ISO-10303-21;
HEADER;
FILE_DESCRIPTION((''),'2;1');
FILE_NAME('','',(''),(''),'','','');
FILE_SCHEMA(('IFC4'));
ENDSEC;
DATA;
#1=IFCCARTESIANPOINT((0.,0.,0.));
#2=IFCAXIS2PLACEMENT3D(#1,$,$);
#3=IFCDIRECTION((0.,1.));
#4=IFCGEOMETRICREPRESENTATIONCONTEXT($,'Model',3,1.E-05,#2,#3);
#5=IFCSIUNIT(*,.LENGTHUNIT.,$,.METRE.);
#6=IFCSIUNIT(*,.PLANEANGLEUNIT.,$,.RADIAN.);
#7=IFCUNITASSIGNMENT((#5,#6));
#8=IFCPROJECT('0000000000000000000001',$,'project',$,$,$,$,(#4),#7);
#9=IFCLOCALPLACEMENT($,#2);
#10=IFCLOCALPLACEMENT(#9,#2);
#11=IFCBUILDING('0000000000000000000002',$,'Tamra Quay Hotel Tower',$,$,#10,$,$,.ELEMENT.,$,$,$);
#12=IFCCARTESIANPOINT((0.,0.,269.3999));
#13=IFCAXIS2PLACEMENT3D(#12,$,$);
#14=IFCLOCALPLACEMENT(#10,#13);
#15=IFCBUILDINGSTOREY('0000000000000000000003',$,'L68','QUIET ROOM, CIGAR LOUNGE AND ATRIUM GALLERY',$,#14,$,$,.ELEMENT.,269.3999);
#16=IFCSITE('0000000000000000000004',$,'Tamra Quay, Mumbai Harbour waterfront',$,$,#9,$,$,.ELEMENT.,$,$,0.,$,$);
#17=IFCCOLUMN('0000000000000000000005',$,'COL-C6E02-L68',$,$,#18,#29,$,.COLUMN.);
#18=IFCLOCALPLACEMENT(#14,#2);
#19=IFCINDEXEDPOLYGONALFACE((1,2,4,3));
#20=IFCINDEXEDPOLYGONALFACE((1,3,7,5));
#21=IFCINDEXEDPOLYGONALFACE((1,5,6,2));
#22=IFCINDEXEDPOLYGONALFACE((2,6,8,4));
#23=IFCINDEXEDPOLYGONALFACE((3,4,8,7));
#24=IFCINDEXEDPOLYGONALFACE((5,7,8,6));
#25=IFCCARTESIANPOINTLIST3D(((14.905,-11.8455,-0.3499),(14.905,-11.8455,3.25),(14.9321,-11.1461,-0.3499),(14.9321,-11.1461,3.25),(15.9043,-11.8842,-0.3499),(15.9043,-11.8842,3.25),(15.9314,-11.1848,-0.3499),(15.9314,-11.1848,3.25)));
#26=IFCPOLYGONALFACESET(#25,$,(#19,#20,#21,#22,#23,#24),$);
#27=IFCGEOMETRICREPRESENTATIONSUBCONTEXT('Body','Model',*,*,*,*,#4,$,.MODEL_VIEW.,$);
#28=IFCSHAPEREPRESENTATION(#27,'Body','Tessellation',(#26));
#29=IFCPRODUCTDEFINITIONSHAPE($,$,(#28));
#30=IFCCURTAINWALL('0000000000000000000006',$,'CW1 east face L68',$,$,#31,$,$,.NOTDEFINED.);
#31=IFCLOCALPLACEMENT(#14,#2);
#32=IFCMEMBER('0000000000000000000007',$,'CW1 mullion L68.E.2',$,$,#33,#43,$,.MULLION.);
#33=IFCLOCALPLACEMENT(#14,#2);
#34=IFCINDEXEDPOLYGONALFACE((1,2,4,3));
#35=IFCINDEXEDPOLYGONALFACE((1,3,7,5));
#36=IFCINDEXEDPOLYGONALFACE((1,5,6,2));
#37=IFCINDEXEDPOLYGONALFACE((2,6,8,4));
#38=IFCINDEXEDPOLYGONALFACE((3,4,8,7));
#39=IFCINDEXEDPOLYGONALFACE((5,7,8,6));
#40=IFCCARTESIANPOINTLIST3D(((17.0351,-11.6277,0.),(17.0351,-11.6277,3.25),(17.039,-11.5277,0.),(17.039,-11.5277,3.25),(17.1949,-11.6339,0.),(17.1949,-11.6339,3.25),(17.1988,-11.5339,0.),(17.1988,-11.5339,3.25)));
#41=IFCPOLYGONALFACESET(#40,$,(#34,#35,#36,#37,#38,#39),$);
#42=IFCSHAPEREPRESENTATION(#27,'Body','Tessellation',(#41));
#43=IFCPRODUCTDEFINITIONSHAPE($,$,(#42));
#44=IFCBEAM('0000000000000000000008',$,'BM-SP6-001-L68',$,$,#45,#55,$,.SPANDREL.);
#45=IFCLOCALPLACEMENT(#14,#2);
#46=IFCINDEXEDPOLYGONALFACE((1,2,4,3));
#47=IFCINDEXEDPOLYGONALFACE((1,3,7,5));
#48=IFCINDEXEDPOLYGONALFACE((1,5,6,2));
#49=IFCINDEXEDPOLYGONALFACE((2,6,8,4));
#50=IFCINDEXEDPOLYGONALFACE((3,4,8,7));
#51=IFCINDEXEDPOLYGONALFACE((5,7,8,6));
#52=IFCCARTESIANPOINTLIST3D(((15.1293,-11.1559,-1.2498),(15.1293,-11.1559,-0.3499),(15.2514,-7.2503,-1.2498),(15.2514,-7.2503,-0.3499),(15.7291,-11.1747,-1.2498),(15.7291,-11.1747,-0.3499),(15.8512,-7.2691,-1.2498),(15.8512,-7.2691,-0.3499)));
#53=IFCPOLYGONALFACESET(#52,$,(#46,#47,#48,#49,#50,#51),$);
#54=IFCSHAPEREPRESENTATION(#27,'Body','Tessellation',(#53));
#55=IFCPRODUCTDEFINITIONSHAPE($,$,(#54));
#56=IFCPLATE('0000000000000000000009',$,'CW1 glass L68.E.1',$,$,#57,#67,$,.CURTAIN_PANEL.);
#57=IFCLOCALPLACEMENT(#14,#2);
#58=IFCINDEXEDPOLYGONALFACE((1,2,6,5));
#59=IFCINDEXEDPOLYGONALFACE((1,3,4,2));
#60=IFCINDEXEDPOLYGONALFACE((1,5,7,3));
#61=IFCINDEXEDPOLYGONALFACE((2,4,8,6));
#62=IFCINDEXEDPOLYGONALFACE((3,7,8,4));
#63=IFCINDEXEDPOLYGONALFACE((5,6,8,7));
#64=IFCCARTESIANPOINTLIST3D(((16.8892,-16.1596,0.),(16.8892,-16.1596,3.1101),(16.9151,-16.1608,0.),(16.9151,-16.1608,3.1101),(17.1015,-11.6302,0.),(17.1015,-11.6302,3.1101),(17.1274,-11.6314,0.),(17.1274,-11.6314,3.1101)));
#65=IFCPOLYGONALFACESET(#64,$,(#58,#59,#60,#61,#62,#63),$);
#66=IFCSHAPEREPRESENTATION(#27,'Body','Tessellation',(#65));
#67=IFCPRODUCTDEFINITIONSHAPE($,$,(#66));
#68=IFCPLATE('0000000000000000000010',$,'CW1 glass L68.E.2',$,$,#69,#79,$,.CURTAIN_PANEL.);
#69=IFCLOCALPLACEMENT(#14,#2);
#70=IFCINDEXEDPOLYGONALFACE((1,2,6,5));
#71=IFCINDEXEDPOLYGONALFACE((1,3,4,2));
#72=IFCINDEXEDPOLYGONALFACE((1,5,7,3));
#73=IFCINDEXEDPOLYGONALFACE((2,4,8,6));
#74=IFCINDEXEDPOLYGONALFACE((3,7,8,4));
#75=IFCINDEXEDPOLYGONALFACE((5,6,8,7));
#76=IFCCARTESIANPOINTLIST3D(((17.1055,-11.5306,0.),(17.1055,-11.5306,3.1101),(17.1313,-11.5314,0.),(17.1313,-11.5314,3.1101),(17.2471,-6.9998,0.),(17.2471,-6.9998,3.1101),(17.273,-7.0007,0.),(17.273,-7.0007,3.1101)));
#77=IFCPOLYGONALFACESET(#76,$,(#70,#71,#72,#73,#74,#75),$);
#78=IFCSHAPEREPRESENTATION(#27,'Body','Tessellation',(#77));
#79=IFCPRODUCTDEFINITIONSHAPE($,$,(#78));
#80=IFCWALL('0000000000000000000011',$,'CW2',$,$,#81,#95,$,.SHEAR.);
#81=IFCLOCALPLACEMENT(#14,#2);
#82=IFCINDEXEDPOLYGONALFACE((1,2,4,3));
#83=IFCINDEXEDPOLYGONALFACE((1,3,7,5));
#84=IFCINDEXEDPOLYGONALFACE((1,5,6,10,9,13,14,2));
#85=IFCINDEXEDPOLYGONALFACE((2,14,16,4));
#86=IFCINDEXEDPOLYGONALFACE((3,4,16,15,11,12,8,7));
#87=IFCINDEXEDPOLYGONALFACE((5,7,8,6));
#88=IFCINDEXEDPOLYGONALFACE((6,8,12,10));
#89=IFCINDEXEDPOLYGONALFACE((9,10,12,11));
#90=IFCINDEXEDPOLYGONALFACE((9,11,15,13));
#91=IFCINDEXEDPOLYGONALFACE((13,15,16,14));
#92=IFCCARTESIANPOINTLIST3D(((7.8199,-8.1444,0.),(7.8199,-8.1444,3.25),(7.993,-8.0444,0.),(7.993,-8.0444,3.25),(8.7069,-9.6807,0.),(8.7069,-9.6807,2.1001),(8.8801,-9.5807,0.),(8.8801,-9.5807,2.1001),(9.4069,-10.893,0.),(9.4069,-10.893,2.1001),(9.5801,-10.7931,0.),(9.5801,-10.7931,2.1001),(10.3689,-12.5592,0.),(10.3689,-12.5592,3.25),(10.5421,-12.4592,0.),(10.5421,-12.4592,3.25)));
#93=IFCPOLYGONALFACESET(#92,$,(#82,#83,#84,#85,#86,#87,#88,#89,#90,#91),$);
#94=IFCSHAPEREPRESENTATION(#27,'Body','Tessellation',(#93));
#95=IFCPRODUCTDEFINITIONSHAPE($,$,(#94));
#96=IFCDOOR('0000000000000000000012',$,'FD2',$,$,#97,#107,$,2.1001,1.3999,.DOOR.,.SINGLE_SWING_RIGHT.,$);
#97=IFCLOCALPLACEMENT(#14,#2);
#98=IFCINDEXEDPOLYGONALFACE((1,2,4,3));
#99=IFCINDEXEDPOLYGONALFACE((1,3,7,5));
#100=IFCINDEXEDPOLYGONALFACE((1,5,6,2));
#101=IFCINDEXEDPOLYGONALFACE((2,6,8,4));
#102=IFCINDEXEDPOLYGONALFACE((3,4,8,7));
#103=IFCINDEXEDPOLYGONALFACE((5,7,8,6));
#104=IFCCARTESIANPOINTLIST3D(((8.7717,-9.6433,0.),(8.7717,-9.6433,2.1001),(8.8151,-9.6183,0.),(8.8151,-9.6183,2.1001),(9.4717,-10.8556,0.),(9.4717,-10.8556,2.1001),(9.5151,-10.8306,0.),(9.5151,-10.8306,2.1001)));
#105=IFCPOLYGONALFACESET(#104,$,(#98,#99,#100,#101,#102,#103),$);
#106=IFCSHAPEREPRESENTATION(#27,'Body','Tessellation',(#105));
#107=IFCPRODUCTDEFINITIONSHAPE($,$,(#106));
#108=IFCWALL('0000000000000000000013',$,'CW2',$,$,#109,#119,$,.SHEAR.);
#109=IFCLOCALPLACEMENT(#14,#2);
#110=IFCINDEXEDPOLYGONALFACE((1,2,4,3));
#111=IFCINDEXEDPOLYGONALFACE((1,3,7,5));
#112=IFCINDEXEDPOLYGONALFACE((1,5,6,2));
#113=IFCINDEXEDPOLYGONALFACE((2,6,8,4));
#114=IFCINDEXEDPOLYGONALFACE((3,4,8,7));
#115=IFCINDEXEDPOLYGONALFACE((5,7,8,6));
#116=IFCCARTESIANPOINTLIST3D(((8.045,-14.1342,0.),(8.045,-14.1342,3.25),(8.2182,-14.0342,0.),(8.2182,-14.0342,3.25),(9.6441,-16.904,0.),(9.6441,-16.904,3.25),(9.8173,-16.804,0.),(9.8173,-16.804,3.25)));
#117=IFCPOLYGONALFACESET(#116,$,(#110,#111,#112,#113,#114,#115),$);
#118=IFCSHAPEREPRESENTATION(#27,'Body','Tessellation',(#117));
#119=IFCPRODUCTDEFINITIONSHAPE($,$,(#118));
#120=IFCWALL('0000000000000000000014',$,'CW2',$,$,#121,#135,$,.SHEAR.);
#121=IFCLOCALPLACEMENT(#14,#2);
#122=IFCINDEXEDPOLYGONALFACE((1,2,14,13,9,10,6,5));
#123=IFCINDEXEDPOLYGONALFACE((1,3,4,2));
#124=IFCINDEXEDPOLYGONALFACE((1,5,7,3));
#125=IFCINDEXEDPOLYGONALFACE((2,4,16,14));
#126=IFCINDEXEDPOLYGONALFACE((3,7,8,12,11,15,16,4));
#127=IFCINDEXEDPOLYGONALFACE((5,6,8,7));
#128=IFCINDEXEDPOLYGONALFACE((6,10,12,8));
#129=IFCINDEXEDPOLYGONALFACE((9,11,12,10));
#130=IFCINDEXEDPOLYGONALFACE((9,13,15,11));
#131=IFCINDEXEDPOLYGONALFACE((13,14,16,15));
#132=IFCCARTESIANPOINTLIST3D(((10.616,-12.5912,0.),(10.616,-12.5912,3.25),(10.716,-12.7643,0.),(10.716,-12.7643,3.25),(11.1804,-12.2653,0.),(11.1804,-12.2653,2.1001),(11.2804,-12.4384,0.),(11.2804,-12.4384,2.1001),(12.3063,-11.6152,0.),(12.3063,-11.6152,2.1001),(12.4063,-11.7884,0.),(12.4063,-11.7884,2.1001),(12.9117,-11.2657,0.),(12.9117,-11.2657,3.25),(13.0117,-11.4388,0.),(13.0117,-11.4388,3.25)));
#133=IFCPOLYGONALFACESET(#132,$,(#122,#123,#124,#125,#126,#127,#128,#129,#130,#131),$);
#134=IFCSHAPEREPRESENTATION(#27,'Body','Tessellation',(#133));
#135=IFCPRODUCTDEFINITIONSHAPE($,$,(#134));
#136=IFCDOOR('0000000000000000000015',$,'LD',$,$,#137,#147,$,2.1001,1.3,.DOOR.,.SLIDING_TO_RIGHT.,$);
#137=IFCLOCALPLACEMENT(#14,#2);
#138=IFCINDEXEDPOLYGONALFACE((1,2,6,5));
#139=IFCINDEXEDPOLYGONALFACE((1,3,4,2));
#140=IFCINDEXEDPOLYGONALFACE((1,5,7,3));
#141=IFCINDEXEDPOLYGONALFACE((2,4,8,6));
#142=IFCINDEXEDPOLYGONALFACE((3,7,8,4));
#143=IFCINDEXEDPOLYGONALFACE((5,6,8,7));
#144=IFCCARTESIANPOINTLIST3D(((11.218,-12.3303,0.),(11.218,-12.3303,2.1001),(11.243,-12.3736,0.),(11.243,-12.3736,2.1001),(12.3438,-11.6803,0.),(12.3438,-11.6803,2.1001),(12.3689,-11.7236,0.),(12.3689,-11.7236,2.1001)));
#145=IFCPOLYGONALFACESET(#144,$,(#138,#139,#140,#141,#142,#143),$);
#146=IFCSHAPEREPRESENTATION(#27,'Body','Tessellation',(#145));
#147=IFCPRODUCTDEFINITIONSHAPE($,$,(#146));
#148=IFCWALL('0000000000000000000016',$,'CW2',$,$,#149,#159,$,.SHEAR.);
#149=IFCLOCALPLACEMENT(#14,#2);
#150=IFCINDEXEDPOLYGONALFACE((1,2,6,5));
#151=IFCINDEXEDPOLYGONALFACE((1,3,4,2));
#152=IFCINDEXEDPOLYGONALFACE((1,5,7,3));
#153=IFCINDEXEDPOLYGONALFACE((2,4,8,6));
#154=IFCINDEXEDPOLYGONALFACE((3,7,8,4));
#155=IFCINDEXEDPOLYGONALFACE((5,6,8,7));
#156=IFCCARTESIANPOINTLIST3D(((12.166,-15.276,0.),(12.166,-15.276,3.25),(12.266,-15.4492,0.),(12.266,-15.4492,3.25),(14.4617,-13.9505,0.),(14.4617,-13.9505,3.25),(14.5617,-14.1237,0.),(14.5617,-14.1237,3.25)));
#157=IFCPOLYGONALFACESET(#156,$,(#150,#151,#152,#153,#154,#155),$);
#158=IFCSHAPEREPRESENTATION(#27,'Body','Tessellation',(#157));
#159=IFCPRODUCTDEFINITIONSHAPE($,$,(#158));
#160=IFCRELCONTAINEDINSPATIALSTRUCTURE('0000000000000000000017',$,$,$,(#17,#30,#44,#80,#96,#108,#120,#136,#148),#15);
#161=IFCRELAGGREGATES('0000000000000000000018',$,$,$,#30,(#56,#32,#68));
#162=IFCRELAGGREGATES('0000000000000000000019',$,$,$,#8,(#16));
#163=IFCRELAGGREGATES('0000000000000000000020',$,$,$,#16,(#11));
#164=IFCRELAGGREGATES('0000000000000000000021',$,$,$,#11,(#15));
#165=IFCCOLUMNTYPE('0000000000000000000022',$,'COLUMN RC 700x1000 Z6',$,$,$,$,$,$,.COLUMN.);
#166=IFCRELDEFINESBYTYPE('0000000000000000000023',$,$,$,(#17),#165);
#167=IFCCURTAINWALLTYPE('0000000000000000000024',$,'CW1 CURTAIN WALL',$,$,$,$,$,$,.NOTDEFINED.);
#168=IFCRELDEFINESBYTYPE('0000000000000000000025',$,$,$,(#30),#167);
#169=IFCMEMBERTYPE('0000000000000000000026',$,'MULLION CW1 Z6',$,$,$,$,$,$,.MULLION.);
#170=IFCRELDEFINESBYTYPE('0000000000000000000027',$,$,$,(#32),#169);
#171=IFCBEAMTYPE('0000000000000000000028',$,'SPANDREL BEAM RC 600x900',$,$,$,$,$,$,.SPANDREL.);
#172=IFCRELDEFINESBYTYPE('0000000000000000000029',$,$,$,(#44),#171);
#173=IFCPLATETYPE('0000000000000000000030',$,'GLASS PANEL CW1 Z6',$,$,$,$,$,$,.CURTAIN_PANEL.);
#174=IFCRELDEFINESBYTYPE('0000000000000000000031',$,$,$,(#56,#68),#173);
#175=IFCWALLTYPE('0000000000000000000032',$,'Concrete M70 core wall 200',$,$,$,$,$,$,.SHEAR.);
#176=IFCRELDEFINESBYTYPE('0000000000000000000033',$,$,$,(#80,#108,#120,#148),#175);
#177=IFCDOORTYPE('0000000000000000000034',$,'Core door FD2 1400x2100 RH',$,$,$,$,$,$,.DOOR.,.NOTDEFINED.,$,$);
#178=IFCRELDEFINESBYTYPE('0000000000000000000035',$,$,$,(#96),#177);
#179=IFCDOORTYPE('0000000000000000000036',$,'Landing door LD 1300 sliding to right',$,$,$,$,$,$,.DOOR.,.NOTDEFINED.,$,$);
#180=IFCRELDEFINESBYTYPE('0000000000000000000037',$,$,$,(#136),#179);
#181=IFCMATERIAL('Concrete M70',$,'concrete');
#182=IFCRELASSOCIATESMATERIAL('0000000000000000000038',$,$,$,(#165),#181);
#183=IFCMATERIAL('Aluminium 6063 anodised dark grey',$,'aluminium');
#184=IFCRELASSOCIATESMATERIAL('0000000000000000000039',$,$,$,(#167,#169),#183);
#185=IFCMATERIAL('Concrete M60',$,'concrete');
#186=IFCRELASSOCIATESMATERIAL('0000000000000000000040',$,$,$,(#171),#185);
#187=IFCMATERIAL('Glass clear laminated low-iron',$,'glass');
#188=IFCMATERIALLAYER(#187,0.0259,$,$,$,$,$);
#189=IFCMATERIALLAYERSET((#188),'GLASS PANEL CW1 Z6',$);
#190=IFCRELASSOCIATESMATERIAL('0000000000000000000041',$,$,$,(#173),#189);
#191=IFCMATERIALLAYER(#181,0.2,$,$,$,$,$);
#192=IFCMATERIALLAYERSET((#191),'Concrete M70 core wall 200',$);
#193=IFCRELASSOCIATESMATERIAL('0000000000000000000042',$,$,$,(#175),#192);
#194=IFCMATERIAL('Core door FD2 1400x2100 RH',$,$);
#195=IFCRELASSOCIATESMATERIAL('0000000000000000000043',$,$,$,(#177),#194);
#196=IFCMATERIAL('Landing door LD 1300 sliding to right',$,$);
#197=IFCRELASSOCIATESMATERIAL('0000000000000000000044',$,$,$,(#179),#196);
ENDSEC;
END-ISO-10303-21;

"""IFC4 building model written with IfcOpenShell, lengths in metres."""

from ifc_helpers import new_model, si_unit, direction, frame, frame_2d, origin, origin_2d, place, context, subcontext, project, spatial, rectangle, extrude, material, layer, layer_set, material_profile, profile_set, type_object, element, fill, aggregate, save


model = new_model("IFC4")

# Units and contexts
model_context = context("Model", 3, precision=1e-05, world=origin(), true_north=direction((0.0, 1.0)))
body_context = subcontext(model_context, "Body", "Model", "MODEL_VIEW")
ifc_project = project(units=[si_unit("LENGTHUNIT", "METRE"), si_unit("PLANEANGLEUNIT", "RADIAN")], contexts=[model_context])

# Site, building, storey
site_placement = place(None, origin())
site = spatial("IfcSite", under=ifc_project, at=site_placement, Name="Tamra Quay, Mumbai Harbour waterfront", CompositionType="ELEMENT", RefElevation=0.0)
building_placement = place(site_placement, origin())
building = spatial("IfcBuilding", under=site, at=building_placement, Name="Tamra Quay Hotel Tower", CompositionType="ELEMENT")
storey_placement = place(building_placement, frame((0.0, 0.0, 269.3999)))
storey = spatial("IfcBuildingStorey", under=building, at=storey_placement, Name="L68", Description="QUIET ROOM, CIGAR LOUNGE AND ATRIUM GALLERY", CompositionType="ELEMENT", Elevation=269.3999)

# Column
ifc_material_1 = material(Name="Concrete M70", Category="concrete")
ifc_material_profile_1 = material_profile(ifc_material_1, rectangle(XDim=1.0, YDim=0.7, at=origin_2d()), Name="COLUMN RC 700x1000 Z6")
ifc_profile_set_1 = profile_set([ifc_material_profile_1], Name="Concrete M70")
column_type = type_object("IfcColumnType", Name="COLUMN RC 700x1000 Z6", PredefinedType="COLUMN", material=ifc_profile_set_1)
column_placement = place(storey_placement, frame((15.4182, -11.5151, -0.3499), z_axis=(0.0, 0.0, 1.0), x_axis=(-0.999251, 0.038691, 0.0)))
element("IfcColumn", 1, at=column_placement, inside=storey, type_object=column_type, Name="COL-C6E02-L68", PredefinedType="COLUMN", context=body_context, shape_type="SweptSolid", body=[
    extrude(rectangle(XDim=1.0, YDim=0.7, at=origin_2d()), origin(), (0.0, 0.0, 1.0), 3.5999),
])

# Curtain wall, member
ifc_material_2 = material(Name="Aluminium 6063 anodised dark grey", Category="aluminium")
curtain_wall_type = type_object("IfcCurtainWallType", Name="CW1 CURTAIN WALL", PredefinedType="NOTDEFINED", material=ifc_material_2)
curtain_wall_placement = place(storey_placement, origin())
curtain_wall = element("IfcCurtainWall", 2, at=curtain_wall_placement, inside=storey, type_object=curtain_wall_type, Name="CW1 east face L68", PredefinedType="NOTDEFINED")
ifc_material_profile_2 = material_profile(ifc_material_2, rectangle(XDim=0.1599, YDim=0.1001, at=origin_2d()), Name="MULLION 100X160")
ifc_profile_set_2 = profile_set([ifc_material_profile_2], Name="Aluminium 6063 anodised dark grey")
member_type = type_object("IfcMemberType", Name="MULLION CW1 Z6", PredefinedType="MULLION", material=ifc_profile_set_2)
member_placement = place(storey_placement, frame((17.1169, -11.5808, 0.0), z_axis=(0.0, 0.0, 1.0), x_axis=(0.999238, -0.039033, 0.0)))
member = element("IfcMember", 3, at=member_placement, type_object=member_type, Name="CW1 mullion L68.E.2", PredefinedType="MULLION", context=body_context, shape_type="SweptSolid", body=[
    extrude(rectangle(XDim=0.1599, YDim=0.1001, at=origin_2d()), origin(), (0.0, 0.0, 1.0), 3.25),
])

# Beam
ifc_material_3 = material(Name="Concrete M60", Category="concrete")
ifc_material_profile_3 = material_profile(ifc_material_3, rectangle(XDim=0.6001, YDim=0.8999, at=origin_2d()), Name="SPANDREL BEAM RC 600x900")
ifc_profile_set_3 = profile_set([ifc_material_profile_3], Name="Concrete M60")
beam_type = type_object("IfcBeamType", Name="SPANDREL BEAM RC 600x900", PredefinedType="SPANDREL", material=ifc_profile_set_3)
beam_placement = place(storey_placement, frame((15.4292, -11.1653, -0.7998), z_axis=(0.031241, 0.999512, 0.0), x_axis=(-0.999512, 0.031241, 0.0)))
element("IfcBeam", 4, at=beam_placement, inside=storey, type_object=beam_type, Name="BM-SP6-001-L68", PredefinedType="SPANDREL", context=body_context, shape_type="SweptSolid", body=[
    extrude(rectangle(XDim=0.6001, YDim=0.8999, at=origin_2d()), origin(), (0.0, 0.0, 1.0), 3.9075),
])

# Plates
ifc_material_4 = material(Name="Glass clear laminated low-iron", Category="glass")
ifc_layer_1 = layer(ifc_material_4, 0.0259)
ifc_layer_set_1 = layer_set([ifc_layer_1], Name="GLASS PANEL CW1 Z6")
plate_type = type_object("IfcPlateType", Name="GLASS PANEL CW1 Z6", PredefinedType="CURTAIN_PANEL", material=ifc_layer_set_1)
plate_1_placement = place(storey_placement, frame((17.0083, -13.8955, 0.0), z_axis=(0.0, 0.0, 1.0), x_axis=(0.046821, 0.998903, 0.0)))
plate_1 = element("IfcPlate", 5, at=plate_1_placement, type_object=plate_type, Name="CW1 glass L68.E.1", PredefinedType="CURTAIN_PANEL", context=body_context, shape_type="SweptSolid", body=[
    extrude(rectangle(XDim=4.5344, YDim=0.0259, at=origin_2d()), origin(), (0.0, 0.0, 1.0), 3.1101),
])
plate_2_placement = place(storey_placement, frame((17.1892, -9.2656, 0.0), z_axis=(0.0, 0.0, 1.0), x_axis=(0.031242, 0.999512, 0.0)))
plate_2 = element("IfcPlate", 6, at=plate_2_placement, type_object=plate_type, Name="CW1 glass L68.E.2", PredefinedType="CURTAIN_PANEL", context=body_context, shape_type="SweptSolid", body=[
    extrude(rectangle(XDim=4.533, YDim=0.0259, at=origin_2d()), origin(), (0.0, 0.0, 1.0), 3.1101),
])
aggregate(curtain_wall, [plate_1, member, plate_2])

# Wall, opening, door
ifc_layer_2 = layer(ifc_material_1, 0.2)
ifc_layer_set_2 = layer_set([ifc_layer_2], Name="Concrete M70 core wall 200")
wall_type_1 = type_object("IfcWallType", Name="Concrete M70 core wall 200", PredefinedType="SHEAR", material=ifc_layer_set_2)
wall_1_placement = place(storey_placement, frame((7.9065, -8.0945, 0.0), z_axis=(0.0, 0.0, 1.0), x_axis=(0.500028, -0.866009, 0.0)))
wall_1 = element("IfcWall", 7, at=wall_1_placement, inside=storey, type_object=wall_type_1, Name="CW2", PredefinedType="SHEAR", context=body_context, shape_type="SweptSolid", body=[
    extrude(rectangle(XDim=5.0979, YDim=0.2, at=frame_2d((2.5488, 0.0))), origin(), (0.0, 0.0, 1.0), 3.25),
])
opening_1_placement = place(wall_1_placement, frame((1.7739, 0.0, 0.0)))
opening_1 = element("IfcOpeningElement", 8, at=opening_1_placement, cuts=wall_1, PredefinedType="OPENING", context=body_context, shape_type="SweptSolid", body=[
    extrude(rectangle(XDim=1.3999, YDim=2.1001, at=frame_2d((0.7, 1.05))), frame((0.0, 0.1099, 0.0), z_axis=(0.0, -1.0, 0.0), x_axis=(1.0, 0.0, 0.0)), (0.0, 0.0, 1.0), 0.22),
])
ifc_material_5 = material(Name="Core door FD2 1400x2100 RH")
door_type_1 = type_object("IfcDoorType", Name="Core door FD2 1400x2100 RH", OperationType="NOTDEFINED", PredefinedType="DOOR", material=ifc_material_5)
door_1_placement = place(opening_1_placement, origin())
door_1 = element("IfcDoor", 9, at=door_1_placement, inside=storey, type_object=door_type_1, Name="FD2", OperationType="SINGLE_SWING_RIGHT", OverallHeight=2.1001, OverallWidth=1.3999, PredefinedType="DOOR", context=body_context, shape_type="SweptSolid", body=[
    extrude(rectangle(XDim=1.3999, YDim=2.1001, at=frame_2d((0.7, 1.05))), frame((0.0, 0.0249, 0.0), z_axis=(0.0, -1.0, 0.0), x_axis=(1.0, 0.0, 0.0)), (0.0, 0.0, 1.0), 0.05),
])
fill(opening_1, door_1)

# Wall
wall_2_placement = place(storey_placement, frame((8.1316, -14.0842, 0.0), z_axis=(0.0, 0.0, 1.0), x_axis=(0.499998, -0.866027, 0.0)))
element("IfcWall", 10, at=wall_2_placement, inside=storey, type_object=wall_type_1, Name="CW2", PredefinedType="SHEAR", context=body_context, shape_type="SweptSolid", body=[
    extrude(rectangle(XDim=3.1982, YDim=0.2, at=frame_2d((1.5991, 0.0))), origin(), (0.0, 0.0, 1.0), 3.25),
])

# Wall, opening, door
wall_3_placement = place(storey_placement, frame((10.666, -12.6777, 0.0), z_axis=(0.0, 0.0, 1.0), x_axis=(0.866018, 0.500012, 0.0)))
wall_3 = element("IfcWall", 11, at=wall_3_placement, inside=storey, type_object=wall_type_1, Name="CW2", PredefinedType="SHEAR", context=body_context, shape_type="SweptSolid", body=[
    extrude(rectangle(XDim=2.6509, YDim=0.2, at=frame_2d((1.3254, 0.0))), origin(), (0.0, 0.0, 1.0), 3.25),
])
opening_2_placement = place(wall_3_placement, frame((0.6519, 0.0, 0.0)))
opening_2 = element("IfcOpeningElement", 12, at=opening_2_placement, cuts=wall_3, PredefinedType="OPENING", context=body_context, shape_type="SweptSolid", body=[
    extrude(rectangle(XDim=1.3, YDim=2.1001, at=frame_2d((0.6499, 1.05))), frame((0.0, 0.1099, 0.0), z_axis=(0.0, -1.0, 0.0), x_axis=(1.0, 0.0, 0.0)), (0.0, 0.0, 1.0), 0.22),
])
ifc_material_6 = material(Name="Landing door LD 1300 sliding to right")
door_type_2 = type_object("IfcDoorType", Name="Landing door LD 1300 sliding to right", OperationType="NOTDEFINED", PredefinedType="DOOR", material=ifc_material_6)
door_2_placement = place(opening_2_placement, origin())
door_2 = element("IfcDoor", 13, at=door_2_placement, inside=storey, type_object=door_type_2, Name="LD", OperationType="SLIDING_TO_RIGHT", OverallHeight=2.1001, OverallWidth=1.3, PredefinedType="DOOR", context=body_context, shape_type="SweptSolid", body=[
    extrude(rectangle(XDim=1.3, YDim=2.1001, at=frame_2d((0.6499, 1.05))), frame((0.0, 0.0249, 0.0), z_axis=(0.0, -1.0, 0.0), x_axis=(1.0, 0.0, 0.0)), (0.0, 0.0, 1.0), 0.05),
])
fill(opening_2, door_2)

# Wall
wall_4_placement = place(storey_placement, frame((14.5117, -14.0371, 0.0), z_axis=(0.0, 0.0, 1.0), x_axis=(-0.866018, -0.500012, 0.0)))
element("IfcWall", 14, at=wall_4_placement, inside=storey, type_object=wall_type_1, Name="CW2", PredefinedType="SHEAR", context=body_context, shape_type="SweptSolid", body=[
    extrude(rectangle(XDim=2.6509, YDim=0.2, at=frame_2d((1.3254, 0.0))), origin(), (0.0, 0.0, 1.0), 3.25),
])

save(model, "model.ifc")
